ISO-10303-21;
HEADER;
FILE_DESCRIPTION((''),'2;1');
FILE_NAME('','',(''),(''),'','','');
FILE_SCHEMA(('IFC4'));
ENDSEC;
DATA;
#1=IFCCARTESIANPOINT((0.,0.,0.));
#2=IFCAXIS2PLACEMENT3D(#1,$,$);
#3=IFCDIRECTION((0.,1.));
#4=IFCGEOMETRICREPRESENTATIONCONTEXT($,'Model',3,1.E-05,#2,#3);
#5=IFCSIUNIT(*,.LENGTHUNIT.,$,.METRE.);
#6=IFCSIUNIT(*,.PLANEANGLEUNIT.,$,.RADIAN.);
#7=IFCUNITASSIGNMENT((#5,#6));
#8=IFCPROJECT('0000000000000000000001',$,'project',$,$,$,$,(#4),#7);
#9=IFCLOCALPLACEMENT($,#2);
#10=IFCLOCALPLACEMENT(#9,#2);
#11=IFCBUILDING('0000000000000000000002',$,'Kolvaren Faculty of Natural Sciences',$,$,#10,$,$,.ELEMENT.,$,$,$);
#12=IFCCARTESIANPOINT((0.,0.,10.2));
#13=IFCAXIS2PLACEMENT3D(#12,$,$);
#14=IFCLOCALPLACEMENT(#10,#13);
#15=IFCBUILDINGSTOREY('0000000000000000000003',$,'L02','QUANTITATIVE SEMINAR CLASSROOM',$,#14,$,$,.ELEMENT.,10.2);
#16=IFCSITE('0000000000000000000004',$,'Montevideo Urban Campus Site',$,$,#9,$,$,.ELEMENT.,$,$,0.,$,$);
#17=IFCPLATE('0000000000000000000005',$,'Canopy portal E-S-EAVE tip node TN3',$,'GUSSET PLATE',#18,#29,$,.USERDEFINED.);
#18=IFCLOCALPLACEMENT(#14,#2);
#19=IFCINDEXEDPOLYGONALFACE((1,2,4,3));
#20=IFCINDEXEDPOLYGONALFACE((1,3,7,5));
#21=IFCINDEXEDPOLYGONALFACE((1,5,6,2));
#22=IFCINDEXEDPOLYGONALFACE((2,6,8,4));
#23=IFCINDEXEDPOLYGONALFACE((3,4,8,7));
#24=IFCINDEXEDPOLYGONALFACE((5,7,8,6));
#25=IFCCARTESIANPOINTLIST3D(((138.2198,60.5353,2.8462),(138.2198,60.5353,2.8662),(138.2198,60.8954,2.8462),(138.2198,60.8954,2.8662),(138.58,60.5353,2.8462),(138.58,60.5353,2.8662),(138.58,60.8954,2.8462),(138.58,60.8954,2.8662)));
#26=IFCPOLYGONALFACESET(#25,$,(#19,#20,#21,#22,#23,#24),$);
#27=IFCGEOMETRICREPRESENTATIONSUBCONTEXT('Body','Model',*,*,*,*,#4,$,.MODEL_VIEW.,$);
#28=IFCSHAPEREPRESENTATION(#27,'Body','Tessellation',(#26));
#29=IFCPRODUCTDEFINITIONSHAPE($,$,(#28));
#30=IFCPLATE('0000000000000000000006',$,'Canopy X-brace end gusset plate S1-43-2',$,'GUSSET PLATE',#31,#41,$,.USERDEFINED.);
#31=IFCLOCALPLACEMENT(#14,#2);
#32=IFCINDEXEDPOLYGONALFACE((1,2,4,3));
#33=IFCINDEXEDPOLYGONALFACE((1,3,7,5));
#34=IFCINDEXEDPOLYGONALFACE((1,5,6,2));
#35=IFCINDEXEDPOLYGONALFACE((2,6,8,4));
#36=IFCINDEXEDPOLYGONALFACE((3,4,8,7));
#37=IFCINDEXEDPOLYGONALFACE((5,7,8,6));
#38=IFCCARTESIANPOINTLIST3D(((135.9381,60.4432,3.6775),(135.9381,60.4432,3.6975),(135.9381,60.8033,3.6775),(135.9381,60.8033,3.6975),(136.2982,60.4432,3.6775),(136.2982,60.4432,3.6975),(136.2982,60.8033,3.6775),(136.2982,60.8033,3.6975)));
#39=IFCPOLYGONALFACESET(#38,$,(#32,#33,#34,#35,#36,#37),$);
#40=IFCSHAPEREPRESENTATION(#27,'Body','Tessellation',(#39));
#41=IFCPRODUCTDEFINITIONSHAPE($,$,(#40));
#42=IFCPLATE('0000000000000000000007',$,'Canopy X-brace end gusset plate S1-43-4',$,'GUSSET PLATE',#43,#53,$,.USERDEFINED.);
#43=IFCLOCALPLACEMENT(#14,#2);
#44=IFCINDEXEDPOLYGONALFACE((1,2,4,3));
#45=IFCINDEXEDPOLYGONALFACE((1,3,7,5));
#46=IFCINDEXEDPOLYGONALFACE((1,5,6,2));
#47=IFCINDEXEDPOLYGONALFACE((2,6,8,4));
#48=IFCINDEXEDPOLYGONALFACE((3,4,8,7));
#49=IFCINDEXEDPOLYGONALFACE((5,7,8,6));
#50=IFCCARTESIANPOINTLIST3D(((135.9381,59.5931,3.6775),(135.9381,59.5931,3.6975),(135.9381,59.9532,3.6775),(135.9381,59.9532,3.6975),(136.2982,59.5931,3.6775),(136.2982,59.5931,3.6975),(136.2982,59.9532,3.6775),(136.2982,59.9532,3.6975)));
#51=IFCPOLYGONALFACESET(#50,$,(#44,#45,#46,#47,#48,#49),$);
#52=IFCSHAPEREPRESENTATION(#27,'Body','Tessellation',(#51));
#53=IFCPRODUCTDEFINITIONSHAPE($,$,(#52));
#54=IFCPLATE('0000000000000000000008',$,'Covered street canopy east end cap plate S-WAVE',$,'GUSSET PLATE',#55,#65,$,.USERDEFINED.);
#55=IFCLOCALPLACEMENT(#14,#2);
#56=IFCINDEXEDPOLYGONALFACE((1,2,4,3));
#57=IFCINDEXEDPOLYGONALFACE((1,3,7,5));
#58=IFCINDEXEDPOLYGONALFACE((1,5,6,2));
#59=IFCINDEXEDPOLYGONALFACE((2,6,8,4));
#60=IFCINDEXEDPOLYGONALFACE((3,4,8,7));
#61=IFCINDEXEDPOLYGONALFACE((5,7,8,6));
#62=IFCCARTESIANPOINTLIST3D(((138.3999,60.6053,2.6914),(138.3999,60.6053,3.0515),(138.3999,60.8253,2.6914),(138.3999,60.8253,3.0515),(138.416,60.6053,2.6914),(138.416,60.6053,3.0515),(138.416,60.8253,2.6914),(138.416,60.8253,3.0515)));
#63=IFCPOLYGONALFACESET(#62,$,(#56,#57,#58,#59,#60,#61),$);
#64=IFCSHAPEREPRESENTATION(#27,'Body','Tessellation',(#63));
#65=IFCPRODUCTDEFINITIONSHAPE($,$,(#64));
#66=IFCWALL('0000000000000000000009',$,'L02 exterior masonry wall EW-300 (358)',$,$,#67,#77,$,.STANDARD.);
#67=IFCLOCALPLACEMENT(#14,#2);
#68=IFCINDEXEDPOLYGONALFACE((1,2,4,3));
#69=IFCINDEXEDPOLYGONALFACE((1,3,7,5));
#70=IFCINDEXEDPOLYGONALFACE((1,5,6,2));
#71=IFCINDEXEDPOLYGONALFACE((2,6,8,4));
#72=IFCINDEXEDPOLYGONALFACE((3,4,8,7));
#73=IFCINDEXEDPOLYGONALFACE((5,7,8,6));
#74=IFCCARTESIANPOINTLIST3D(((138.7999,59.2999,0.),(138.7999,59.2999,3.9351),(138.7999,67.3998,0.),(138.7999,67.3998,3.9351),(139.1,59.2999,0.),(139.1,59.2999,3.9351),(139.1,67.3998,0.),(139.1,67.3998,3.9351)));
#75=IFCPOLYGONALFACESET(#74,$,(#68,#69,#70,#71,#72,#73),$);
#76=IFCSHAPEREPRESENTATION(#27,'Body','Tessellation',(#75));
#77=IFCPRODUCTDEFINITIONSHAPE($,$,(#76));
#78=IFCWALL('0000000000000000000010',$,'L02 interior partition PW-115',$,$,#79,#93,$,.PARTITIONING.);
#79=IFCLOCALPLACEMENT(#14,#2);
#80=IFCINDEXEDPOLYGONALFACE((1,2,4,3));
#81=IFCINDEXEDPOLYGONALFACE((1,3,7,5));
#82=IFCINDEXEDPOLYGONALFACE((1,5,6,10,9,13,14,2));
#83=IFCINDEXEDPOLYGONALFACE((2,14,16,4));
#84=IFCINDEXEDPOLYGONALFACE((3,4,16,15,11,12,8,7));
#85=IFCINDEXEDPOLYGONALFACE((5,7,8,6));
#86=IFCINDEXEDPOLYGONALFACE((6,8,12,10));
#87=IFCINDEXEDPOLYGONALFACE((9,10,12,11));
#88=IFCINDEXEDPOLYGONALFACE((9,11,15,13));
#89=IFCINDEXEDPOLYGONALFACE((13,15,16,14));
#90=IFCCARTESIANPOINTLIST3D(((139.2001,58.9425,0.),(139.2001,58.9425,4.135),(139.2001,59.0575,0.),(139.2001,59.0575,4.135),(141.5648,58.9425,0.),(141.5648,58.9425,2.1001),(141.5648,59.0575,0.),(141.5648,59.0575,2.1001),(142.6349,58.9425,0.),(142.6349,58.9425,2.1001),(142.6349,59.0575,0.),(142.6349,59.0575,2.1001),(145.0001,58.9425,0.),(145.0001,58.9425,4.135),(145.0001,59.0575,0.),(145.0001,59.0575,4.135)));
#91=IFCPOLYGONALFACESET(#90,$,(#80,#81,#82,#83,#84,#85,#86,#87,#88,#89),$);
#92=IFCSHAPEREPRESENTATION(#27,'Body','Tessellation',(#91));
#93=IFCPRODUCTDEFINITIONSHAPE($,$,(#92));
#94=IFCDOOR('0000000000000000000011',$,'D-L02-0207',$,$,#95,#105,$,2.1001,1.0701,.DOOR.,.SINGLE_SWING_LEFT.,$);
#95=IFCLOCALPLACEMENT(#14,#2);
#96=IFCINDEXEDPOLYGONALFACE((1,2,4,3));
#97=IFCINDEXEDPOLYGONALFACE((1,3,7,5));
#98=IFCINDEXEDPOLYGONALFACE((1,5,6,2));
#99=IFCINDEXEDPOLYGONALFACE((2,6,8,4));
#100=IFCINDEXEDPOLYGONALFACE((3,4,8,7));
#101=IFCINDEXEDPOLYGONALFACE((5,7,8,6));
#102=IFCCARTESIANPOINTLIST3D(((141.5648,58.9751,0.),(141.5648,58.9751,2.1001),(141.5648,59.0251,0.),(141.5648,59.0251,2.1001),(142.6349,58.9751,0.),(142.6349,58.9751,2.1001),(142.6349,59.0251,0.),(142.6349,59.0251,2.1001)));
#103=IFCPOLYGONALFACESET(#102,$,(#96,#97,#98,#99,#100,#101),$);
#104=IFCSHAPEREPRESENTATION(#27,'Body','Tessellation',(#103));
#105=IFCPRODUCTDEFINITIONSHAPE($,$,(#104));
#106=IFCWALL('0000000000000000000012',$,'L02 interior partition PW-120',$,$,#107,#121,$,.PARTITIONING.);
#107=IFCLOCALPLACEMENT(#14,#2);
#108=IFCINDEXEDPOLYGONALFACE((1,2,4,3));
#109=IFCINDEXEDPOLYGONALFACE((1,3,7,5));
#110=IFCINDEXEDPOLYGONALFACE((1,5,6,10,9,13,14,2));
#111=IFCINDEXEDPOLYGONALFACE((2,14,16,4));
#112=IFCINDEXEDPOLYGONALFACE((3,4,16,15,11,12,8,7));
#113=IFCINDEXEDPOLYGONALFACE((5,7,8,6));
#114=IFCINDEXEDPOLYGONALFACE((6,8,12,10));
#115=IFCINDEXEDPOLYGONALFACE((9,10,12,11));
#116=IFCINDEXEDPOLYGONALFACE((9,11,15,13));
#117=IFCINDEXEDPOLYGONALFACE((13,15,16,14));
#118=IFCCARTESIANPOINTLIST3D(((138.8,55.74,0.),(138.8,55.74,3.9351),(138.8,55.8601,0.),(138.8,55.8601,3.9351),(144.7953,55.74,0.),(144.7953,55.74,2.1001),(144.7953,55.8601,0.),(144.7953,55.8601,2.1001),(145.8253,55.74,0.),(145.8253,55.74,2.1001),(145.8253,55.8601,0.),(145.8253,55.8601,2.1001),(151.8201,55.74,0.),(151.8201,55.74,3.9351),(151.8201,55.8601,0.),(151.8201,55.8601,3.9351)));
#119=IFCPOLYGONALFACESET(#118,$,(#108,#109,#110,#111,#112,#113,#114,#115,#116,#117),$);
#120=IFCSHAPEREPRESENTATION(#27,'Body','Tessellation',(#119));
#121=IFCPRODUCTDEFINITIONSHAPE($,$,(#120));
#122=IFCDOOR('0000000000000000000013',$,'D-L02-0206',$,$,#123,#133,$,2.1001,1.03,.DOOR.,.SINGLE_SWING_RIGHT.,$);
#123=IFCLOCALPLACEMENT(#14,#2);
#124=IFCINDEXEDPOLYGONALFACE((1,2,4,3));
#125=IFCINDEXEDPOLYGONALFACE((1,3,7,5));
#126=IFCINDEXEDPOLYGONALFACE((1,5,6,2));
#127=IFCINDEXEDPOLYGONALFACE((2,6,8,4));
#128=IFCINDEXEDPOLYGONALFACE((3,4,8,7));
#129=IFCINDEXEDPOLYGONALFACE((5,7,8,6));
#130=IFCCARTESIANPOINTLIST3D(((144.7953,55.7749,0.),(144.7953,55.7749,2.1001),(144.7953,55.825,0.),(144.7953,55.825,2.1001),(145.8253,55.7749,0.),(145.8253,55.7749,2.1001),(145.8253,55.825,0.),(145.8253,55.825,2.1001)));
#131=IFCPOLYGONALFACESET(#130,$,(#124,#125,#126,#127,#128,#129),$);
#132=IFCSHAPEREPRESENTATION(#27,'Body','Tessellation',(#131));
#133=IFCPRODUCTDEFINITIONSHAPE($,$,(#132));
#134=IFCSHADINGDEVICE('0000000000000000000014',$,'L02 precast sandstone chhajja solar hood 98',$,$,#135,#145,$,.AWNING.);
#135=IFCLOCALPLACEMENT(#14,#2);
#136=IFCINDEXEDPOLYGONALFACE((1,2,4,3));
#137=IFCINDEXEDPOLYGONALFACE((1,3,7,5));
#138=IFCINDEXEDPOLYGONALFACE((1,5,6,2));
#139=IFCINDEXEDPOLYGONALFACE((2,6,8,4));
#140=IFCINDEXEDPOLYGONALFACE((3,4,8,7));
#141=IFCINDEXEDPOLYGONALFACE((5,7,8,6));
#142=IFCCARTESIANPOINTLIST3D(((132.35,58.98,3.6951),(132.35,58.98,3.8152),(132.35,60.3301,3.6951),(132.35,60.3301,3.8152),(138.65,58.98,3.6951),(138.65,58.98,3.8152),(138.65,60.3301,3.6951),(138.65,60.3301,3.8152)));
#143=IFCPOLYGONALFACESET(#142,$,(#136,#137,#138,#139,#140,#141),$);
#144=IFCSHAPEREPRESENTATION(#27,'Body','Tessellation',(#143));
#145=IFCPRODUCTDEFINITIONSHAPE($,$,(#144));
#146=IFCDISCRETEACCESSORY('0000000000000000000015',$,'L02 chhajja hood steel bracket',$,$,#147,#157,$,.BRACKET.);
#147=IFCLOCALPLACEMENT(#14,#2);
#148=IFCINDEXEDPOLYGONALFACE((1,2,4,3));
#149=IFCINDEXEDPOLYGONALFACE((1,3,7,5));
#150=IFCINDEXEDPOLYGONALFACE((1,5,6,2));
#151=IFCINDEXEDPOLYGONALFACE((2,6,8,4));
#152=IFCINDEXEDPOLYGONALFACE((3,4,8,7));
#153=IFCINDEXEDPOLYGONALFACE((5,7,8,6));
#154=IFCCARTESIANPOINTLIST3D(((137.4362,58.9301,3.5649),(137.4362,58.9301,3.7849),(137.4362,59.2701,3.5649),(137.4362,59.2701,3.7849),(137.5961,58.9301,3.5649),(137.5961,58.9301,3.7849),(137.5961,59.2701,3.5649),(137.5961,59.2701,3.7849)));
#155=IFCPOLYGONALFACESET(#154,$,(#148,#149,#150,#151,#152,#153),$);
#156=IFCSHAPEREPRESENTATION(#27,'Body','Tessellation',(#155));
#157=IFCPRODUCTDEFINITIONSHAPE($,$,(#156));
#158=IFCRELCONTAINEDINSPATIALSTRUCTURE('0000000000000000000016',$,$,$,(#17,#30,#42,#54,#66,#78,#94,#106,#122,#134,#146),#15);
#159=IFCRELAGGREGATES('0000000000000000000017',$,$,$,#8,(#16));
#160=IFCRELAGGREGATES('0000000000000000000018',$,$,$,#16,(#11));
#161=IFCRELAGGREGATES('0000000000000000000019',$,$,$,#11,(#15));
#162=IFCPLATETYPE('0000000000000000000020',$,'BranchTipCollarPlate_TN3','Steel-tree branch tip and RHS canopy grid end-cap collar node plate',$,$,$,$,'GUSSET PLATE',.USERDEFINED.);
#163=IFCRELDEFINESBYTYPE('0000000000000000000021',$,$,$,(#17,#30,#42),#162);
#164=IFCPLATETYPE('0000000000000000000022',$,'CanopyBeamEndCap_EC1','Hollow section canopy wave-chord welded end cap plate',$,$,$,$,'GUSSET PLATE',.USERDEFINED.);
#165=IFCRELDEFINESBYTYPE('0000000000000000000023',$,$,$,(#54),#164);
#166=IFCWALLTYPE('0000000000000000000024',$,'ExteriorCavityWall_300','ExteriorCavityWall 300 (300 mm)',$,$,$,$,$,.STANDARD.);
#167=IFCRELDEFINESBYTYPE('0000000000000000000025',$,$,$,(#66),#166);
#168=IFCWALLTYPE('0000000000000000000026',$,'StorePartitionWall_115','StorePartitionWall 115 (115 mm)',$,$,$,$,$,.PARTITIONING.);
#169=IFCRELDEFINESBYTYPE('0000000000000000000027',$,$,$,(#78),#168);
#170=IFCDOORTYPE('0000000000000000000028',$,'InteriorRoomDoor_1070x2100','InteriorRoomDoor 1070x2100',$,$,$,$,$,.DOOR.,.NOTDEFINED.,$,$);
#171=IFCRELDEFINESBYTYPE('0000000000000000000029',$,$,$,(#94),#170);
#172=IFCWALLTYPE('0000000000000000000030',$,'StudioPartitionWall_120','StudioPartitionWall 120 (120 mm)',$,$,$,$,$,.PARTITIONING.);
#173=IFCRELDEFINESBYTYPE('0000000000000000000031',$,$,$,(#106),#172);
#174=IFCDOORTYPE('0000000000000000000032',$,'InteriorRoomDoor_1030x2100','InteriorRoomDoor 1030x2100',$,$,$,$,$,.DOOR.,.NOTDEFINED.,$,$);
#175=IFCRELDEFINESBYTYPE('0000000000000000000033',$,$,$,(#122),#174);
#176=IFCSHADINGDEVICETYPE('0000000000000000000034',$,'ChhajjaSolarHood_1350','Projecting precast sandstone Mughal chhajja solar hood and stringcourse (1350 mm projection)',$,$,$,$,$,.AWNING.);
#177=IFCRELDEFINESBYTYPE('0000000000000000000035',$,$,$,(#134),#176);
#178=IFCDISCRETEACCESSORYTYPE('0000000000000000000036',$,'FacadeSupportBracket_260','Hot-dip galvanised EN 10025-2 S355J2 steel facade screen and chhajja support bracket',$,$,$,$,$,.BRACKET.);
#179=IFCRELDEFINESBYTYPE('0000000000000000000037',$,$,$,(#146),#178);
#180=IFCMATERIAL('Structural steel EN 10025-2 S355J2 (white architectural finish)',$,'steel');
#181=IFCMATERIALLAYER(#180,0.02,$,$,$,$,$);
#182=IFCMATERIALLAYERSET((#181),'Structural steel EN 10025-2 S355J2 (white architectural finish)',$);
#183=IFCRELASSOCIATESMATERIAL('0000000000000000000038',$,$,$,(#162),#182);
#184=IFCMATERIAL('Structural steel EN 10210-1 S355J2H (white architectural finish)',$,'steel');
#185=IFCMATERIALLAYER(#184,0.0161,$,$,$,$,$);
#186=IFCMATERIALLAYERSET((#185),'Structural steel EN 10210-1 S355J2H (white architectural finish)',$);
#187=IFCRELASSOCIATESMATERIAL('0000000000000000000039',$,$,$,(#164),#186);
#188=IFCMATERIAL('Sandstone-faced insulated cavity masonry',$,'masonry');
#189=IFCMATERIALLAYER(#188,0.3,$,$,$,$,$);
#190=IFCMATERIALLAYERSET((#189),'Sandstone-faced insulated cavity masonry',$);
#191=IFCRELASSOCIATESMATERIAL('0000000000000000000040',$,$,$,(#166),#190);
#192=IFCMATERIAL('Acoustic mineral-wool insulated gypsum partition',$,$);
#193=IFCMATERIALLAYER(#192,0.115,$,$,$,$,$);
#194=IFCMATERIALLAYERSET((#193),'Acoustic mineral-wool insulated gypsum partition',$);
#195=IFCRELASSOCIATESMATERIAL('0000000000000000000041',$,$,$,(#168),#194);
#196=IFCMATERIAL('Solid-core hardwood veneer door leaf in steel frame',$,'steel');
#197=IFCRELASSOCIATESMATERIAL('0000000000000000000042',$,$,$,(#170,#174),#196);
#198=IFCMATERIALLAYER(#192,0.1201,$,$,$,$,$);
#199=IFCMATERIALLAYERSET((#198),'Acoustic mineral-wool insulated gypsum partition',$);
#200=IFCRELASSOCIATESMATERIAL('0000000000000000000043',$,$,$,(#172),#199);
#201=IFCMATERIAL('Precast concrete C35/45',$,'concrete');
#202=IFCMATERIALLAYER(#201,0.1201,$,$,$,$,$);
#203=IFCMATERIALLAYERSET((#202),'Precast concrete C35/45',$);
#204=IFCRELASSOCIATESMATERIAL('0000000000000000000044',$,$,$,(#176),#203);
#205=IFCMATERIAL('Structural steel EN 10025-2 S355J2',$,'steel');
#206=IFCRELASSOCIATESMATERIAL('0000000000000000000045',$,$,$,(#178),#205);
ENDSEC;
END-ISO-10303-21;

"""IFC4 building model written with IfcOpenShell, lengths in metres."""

from ifc_helpers import new_model, si_unit, direction, frame, frame_2d, origin, origin_2d, place, context, subcontext, project, spatial, rectangle, extrude, material, layer, layer_set, type_object, element, fill, save


model = new_model("IFC4")

# Units and contexts
model_context = context("Model", 3, precision=1e-05, world=origin(), true_north=direction((0.0, 1.0)))
body_context = subcontext(model_context, "Body", "Model", "MODEL_VIEW")
ifc_project = project(units=[si_unit("LENGTHUNIT", "METRE"), si_unit("PLANEANGLEUNIT", "RADIAN")], contexts=[model_context])

# Site, building, storey
site_placement = place(None, origin())
site = spatial("IfcSite", under=ifc_project, at=site_placement, Name="Montevideo Urban Campus Site", CompositionType="ELEMENT", RefElevation=0.0)
building_placement = place(site_placement, origin())
building = spatial("IfcBuilding", under=site, at=building_placement, Name="Kolvaren Faculty of Natural Sciences", CompositionType="ELEMENT")
storey_placement = place(building_placement, frame((0.0, 0.0, 10.2)))
storey = spatial("IfcBuildingStorey", under=building, at=storey_placement, Name="L02", Description="QUANTITATIVE SEMINAR CLASSROOM", CompositionType="ELEMENT", Elevation=10.2)

# Shared definitions
ifc_material_1 = material(Name="Structural steel EN 10210-1 S355J2H (white architectural finish)", Category="steel")

# Plates
ifc_material_2 = material(Name="Structural steel EN 10025-2 S355J2 (white architectural finish)", Category="steel")
ifc_layer_1 = layer(ifc_material_2, 0.02)
ifc_layer_set_1 = layer_set([ifc_layer_1], Name="Structural steel EN 10025-2 S355J2 (white architectural finish)")
plate_type_1 = type_object("IfcPlateType", Name="BranchTipCollarPlate_TN3", Description="Steel-tree branch tip and RHS canopy grid end-cap collar node plate", ElementType="GUSSET PLATE", PredefinedType="USERDEFINED", material=ifc_layer_set_1)
for number, where, z_axis, x_axis, name in (
    (1, (138.3999, 60.7153, 2.8462), (0.0, 0.0, 1.0), (1.0, 0.0, 0.0), "Canopy portal E-S-EAVE tip node TN3"),
    (2, (136.1182, 60.6233, 3.6775), (0.0, 0.0, 1.0), (1.0, 0.0, 0.0), "Canopy X-brace end gusset plate S1-43-2"),
    (3, (136.1182, 59.7732, 3.6775), (0.0, 0.0, 1.0), (1.0, 0.0, 0.0), "Canopy X-brace end gusset plate S1-43-4"),
):
    element("IfcPlate", number, at=place(storey_placement, frame(where, z_axis=z_axis, x_axis=x_axis)), inside=storey, type_object=plate_type_1, Name=name, ObjectType="GUSSET PLATE", PredefinedType="USERDEFINED", context=body_context, shape_type="SweptSolid", body=[
        extrude(rectangle(XDim=0.3601, YDim=0.3601, at=origin_2d()), origin(), (0.0, 0.0, 1.0), 0.02),
    ])
ifc_layer_2 = layer(ifc_material_1, 0.0161)
ifc_layer_set_2 = layer_set([ifc_layer_2], Name="Structural steel EN 10210-1 S355J2H (white architectural finish)")
plate_type_2 = type_object("IfcPlateType", Name="CanopyBeamEndCap_EC1", Description="Hollow section canopy wave-chord welded end cap plate", ElementType="GUSSET PLATE", PredefinedType="USERDEFINED", material=ifc_layer_set_2)
plate_placement = place(storey_placement, frame((138.408, 60.7153, 2.6914), z_axis=(0.0, 0.0, 1.0), x_axis=(1.0, 0.0, 0.0)))
element("IfcPlate", 4, at=plate_placement, inside=storey, type_object=plate_type_2, Name="Covered street canopy east end cap plate S-WAVE", ObjectType="GUSSET PLATE", PredefinedType="USERDEFINED", context=body_context, shape_type="SweptSolid", body=[
    extrude(rectangle(XDim=0.0161, YDim=0.22, at=origin_2d()), origin(), (0.0, 0.0, 1.0), 0.3601),
])

# Wall
ifc_material_3 = material(Name="Sandstone-faced insulated cavity masonry", Category="masonry")
ifc_layer_3 = layer(ifc_material_3, 0.3)
ifc_layer_set_3 = layer_set([ifc_layer_3], Name="Sandstone-faced insulated cavity masonry")
wall_type_1 = type_object("IfcWallType", Name="ExteriorCavityWall_300", Description="ExteriorCavityWall 300 (300 mm)", PredefinedType="STANDARD", material=ifc_layer_set_3)
wall_1_placement = place(storey_placement, frame((138.95, 59.3, 0.0), z_axis=(0.0, 0.0, 1.0), x_axis=(0.0, 1.0, 0.0)))
element("IfcWall", 5, at=wall_1_placement, inside=storey, type_object=wall_type_1, Name="L02 exterior masonry wall EW-300 (358)", PredefinedType="STANDARD", context=body_context, shape_type="SweptSolid", body=[
    extrude(rectangle(XDim=8.0999, YDim=0.3, at=frame_2d((4.0498, 0.0))), origin(), (0.0, 0.0, 1.0), 3.9351),
])

# Walls, openings, doors
ifc_material_4 = material(Name="Acoustic mineral-wool insulated gypsum partition")
ifc_layer_4 = layer(ifc_material_4, 0.115)
ifc_layer_set_4 = layer_set([ifc_layer_4], Name="Acoustic mineral-wool insulated gypsum partition")
wall_type_2 = type_object("IfcWallType", Name="StorePartitionWall_115", Description="StorePartitionWall 115 (115 mm)", PredefinedType="PARTITIONING", material=ifc_layer_set_4)
wall_2_placement = place(storey_placement, frame((145.0, 59.0, 0.0), z_axis=(0.0, 0.0, 1.0), x_axis=(-1.0, 0.0, 0.0)))
wall_2 = element("IfcWall", 6, at=wall_2_placement, inside=storey, type_object=wall_type_2, Name="L02 interior partition PW-115", PredefinedType="PARTITIONING", context=body_context, shape_type="SweptSolid", body=[
    extrude(rectangle(XDim=5.8, YDim=0.115, at=frame_2d((2.8999, 0.0))), origin(), (0.0, 0.0, 1.0), 4.135),
])
opening_1_placement = place(wall_2_placement, frame((2.365, 0.0, 0.0)))
opening_1 = element("IfcOpeningElement", 7, at=opening_1_placement, cuts=wall_2, PredefinedType="OPENING", context=body_context, shape_type="SweptSolid", body=[
    extrude(rectangle(XDim=1.0701, YDim=2.1001, at=frame_2d((0.5352, 1.05))), frame((0.0, 0.0674, 0.0), z_axis=(0.0, -1.0, 0.0), x_axis=(1.0, 0.0, 0.0)), (0.0, 0.0, 1.0), 0.135),
])
ifc_material_5 = material(Name="Solid-core hardwood veneer door leaf in steel frame", Category="steel")
door_type_1 = type_object("IfcDoorType", Name="InteriorRoomDoor_1070x2100", Description="InteriorRoomDoor 1070x2100", OperationType="NOTDEFINED", PredefinedType="DOOR", material=ifc_material_5)
door_1_placement = place(opening_1_placement, origin())
door_1 = element("IfcDoor", 8, at=door_1_placement, inside=storey, type_object=door_type_1, Name="D-L02-0207", OperationType="SINGLE_SWING_LEFT", OverallHeight=2.1001, OverallWidth=1.0701, PredefinedType="DOOR", context=body_context, shape_type="SweptSolid", body=[
    extrude(rectangle(XDim=1.0701, YDim=2.1001, at=frame_2d((0.5352, 1.05))), frame((0.0, 0.0249, 0.0), z_axis=(0.0, -1.0, 0.0), x_axis=(1.0, 0.0, 0.0)), (0.0, 0.0, 1.0), 0.05),
])
fill(opening_1, door_1)
ifc_layer_5 = layer(ifc_material_4, 0.1201)
ifc_layer_set_5 = layer_set([ifc_layer_5], Name="Acoustic mineral-wool insulated gypsum partition")
wall_type_3 = type_object("IfcWallType", Name="StudioPartitionWall_120", Description="StudioPartitionWall 120 (120 mm)", PredefinedType="PARTITIONING", material=ifc_layer_set_5)
wall_3_placement = place(storey_placement, frame((138.8, 55.8, 0.0), z_axis=(0.0, 0.0, 1.0), x_axis=(1.0, 0.0, 0.0)))
wall_3 = element("IfcWall", 9, at=wall_3_placement, inside=storey, type_object=wall_type_3, Name="L02 interior partition PW-120", PredefinedType="PARTITIONING", context=body_context, shape_type="SweptSolid", body=[
    extrude(rectangle(XDim=13.02, YDim=0.1201, at=frame_2d((6.51, 0.0))), origin(), (0.0, 0.0, 1.0), 3.9351),
])
opening_2_placement = place(wall_3_placement, frame((5.9951, 0.0, 0.0)))
opening_2 = element("IfcOpeningElement", 10, at=opening_2_placement, cuts=wall_3, PredefinedType="OPENING", context=body_context, shape_type="SweptSolid", body=[
    extrude(rectangle(XDim=1.03, YDim=2.1001, at=frame_2d((0.5151, 1.05))), frame((0.0, 0.0701, 0.0), z_axis=(0.0, -1.0, 0.0), x_axis=(1.0, 0.0, 0.0)), (0.0, 0.0, 1.0), 0.1401),
])
door_type_2 = type_object("IfcDoorType", Name="InteriorRoomDoor_1030x2100", Description="InteriorRoomDoor 1030x2100", OperationType="NOTDEFINED", PredefinedType="DOOR", material=ifc_material_5)
door_2_placement = place(opening_2_placement, origin())
door_2 = element("IfcDoor", 11, at=door_2_placement, inside=storey, type_object=door_type_2, Name="D-L02-0206", OperationType="SINGLE_SWING_RIGHT", OverallHeight=2.1001, OverallWidth=1.03, PredefinedType="DOOR", context=body_context, shape_type="SweptSolid", body=[
    extrude(rectangle(XDim=1.03, YDim=2.1001, at=frame_2d((0.5151, 1.05))), frame((0.0, 0.0249, 0.0), z_axis=(0.0, -1.0, 0.0), x_axis=(1.0, 0.0, 0.0)), (0.0, 0.0, 1.0), 0.05),
])
fill(opening_2, door_2)

# Shading device
ifc_material_6 = material(Name="Precast concrete C35/45", Category="concrete")
ifc_layer_6 = layer(ifc_material_6, 0.1201)
ifc_layer_set_6 = layer_set([ifc_layer_6], Name="Precast concrete C35/45")
shading_device_type = type_object("IfcShadingDeviceType", Name="ChhajjaSolarHood_1350", Description="Projecting precast sandstone Mughal chhajja solar hood and stringcourse (1350 mm projection)", PredefinedType="AWNING", material=ifc_layer_set_6)
shading_device_placement = place(storey_placement, frame((135.5, 59.655, 3.6951), z_axis=(0.0, 0.0, 1.0), x_axis=(1.0, 0.0, 0.0)))
element("IfcShadingDevice", 12, at=shading_device_placement, inside=storey, type_object=shading_device_type, Name="L02 precast sandstone chhajja solar hood 98", PredefinedType="AWNING", context=body_context, shape_type="SweptSolid", body=[
    extrude(rectangle(XDim=6.3, YDim=1.3501, at=origin_2d()), origin(), (0.0, 0.0, 1.0), 0.1201),
])

# Discrete accessory
ifc_material_7 = material(Name="Structural steel EN 10025-2 S355J2", Category="steel")
discrete_accessory_type = type_object("IfcDiscreteAccessoryType", Name="FacadeSupportBracket_260", Description="Hot-dip galvanised EN 10025-2 S355J2 steel facade screen and chhajja support bracket", PredefinedType="BRACKET", material=ifc_material_7)
discrete_accessory_placement = place(storey_placement, frame((137.5161, 59.1001, 3.5649), z_axis=(0.0, 0.0, 1.0), x_axis=(1.0, 0.0, 0.0)))
element("IfcDiscreteAccessory", 13, at=discrete_accessory_placement, inside=storey, type_object=discrete_accessory_type, Name="L02 chhajja hood steel bracket", PredefinedType="BRACKET", context=body_context, shape_type="SweptSolid", body=[
    extrude(rectangle(XDim=0.1599, YDim=0.3401, at=origin_2d()), origin(), (0.0, 0.0, 1.0), 0.22),
])

save(model, "model.ifc")
